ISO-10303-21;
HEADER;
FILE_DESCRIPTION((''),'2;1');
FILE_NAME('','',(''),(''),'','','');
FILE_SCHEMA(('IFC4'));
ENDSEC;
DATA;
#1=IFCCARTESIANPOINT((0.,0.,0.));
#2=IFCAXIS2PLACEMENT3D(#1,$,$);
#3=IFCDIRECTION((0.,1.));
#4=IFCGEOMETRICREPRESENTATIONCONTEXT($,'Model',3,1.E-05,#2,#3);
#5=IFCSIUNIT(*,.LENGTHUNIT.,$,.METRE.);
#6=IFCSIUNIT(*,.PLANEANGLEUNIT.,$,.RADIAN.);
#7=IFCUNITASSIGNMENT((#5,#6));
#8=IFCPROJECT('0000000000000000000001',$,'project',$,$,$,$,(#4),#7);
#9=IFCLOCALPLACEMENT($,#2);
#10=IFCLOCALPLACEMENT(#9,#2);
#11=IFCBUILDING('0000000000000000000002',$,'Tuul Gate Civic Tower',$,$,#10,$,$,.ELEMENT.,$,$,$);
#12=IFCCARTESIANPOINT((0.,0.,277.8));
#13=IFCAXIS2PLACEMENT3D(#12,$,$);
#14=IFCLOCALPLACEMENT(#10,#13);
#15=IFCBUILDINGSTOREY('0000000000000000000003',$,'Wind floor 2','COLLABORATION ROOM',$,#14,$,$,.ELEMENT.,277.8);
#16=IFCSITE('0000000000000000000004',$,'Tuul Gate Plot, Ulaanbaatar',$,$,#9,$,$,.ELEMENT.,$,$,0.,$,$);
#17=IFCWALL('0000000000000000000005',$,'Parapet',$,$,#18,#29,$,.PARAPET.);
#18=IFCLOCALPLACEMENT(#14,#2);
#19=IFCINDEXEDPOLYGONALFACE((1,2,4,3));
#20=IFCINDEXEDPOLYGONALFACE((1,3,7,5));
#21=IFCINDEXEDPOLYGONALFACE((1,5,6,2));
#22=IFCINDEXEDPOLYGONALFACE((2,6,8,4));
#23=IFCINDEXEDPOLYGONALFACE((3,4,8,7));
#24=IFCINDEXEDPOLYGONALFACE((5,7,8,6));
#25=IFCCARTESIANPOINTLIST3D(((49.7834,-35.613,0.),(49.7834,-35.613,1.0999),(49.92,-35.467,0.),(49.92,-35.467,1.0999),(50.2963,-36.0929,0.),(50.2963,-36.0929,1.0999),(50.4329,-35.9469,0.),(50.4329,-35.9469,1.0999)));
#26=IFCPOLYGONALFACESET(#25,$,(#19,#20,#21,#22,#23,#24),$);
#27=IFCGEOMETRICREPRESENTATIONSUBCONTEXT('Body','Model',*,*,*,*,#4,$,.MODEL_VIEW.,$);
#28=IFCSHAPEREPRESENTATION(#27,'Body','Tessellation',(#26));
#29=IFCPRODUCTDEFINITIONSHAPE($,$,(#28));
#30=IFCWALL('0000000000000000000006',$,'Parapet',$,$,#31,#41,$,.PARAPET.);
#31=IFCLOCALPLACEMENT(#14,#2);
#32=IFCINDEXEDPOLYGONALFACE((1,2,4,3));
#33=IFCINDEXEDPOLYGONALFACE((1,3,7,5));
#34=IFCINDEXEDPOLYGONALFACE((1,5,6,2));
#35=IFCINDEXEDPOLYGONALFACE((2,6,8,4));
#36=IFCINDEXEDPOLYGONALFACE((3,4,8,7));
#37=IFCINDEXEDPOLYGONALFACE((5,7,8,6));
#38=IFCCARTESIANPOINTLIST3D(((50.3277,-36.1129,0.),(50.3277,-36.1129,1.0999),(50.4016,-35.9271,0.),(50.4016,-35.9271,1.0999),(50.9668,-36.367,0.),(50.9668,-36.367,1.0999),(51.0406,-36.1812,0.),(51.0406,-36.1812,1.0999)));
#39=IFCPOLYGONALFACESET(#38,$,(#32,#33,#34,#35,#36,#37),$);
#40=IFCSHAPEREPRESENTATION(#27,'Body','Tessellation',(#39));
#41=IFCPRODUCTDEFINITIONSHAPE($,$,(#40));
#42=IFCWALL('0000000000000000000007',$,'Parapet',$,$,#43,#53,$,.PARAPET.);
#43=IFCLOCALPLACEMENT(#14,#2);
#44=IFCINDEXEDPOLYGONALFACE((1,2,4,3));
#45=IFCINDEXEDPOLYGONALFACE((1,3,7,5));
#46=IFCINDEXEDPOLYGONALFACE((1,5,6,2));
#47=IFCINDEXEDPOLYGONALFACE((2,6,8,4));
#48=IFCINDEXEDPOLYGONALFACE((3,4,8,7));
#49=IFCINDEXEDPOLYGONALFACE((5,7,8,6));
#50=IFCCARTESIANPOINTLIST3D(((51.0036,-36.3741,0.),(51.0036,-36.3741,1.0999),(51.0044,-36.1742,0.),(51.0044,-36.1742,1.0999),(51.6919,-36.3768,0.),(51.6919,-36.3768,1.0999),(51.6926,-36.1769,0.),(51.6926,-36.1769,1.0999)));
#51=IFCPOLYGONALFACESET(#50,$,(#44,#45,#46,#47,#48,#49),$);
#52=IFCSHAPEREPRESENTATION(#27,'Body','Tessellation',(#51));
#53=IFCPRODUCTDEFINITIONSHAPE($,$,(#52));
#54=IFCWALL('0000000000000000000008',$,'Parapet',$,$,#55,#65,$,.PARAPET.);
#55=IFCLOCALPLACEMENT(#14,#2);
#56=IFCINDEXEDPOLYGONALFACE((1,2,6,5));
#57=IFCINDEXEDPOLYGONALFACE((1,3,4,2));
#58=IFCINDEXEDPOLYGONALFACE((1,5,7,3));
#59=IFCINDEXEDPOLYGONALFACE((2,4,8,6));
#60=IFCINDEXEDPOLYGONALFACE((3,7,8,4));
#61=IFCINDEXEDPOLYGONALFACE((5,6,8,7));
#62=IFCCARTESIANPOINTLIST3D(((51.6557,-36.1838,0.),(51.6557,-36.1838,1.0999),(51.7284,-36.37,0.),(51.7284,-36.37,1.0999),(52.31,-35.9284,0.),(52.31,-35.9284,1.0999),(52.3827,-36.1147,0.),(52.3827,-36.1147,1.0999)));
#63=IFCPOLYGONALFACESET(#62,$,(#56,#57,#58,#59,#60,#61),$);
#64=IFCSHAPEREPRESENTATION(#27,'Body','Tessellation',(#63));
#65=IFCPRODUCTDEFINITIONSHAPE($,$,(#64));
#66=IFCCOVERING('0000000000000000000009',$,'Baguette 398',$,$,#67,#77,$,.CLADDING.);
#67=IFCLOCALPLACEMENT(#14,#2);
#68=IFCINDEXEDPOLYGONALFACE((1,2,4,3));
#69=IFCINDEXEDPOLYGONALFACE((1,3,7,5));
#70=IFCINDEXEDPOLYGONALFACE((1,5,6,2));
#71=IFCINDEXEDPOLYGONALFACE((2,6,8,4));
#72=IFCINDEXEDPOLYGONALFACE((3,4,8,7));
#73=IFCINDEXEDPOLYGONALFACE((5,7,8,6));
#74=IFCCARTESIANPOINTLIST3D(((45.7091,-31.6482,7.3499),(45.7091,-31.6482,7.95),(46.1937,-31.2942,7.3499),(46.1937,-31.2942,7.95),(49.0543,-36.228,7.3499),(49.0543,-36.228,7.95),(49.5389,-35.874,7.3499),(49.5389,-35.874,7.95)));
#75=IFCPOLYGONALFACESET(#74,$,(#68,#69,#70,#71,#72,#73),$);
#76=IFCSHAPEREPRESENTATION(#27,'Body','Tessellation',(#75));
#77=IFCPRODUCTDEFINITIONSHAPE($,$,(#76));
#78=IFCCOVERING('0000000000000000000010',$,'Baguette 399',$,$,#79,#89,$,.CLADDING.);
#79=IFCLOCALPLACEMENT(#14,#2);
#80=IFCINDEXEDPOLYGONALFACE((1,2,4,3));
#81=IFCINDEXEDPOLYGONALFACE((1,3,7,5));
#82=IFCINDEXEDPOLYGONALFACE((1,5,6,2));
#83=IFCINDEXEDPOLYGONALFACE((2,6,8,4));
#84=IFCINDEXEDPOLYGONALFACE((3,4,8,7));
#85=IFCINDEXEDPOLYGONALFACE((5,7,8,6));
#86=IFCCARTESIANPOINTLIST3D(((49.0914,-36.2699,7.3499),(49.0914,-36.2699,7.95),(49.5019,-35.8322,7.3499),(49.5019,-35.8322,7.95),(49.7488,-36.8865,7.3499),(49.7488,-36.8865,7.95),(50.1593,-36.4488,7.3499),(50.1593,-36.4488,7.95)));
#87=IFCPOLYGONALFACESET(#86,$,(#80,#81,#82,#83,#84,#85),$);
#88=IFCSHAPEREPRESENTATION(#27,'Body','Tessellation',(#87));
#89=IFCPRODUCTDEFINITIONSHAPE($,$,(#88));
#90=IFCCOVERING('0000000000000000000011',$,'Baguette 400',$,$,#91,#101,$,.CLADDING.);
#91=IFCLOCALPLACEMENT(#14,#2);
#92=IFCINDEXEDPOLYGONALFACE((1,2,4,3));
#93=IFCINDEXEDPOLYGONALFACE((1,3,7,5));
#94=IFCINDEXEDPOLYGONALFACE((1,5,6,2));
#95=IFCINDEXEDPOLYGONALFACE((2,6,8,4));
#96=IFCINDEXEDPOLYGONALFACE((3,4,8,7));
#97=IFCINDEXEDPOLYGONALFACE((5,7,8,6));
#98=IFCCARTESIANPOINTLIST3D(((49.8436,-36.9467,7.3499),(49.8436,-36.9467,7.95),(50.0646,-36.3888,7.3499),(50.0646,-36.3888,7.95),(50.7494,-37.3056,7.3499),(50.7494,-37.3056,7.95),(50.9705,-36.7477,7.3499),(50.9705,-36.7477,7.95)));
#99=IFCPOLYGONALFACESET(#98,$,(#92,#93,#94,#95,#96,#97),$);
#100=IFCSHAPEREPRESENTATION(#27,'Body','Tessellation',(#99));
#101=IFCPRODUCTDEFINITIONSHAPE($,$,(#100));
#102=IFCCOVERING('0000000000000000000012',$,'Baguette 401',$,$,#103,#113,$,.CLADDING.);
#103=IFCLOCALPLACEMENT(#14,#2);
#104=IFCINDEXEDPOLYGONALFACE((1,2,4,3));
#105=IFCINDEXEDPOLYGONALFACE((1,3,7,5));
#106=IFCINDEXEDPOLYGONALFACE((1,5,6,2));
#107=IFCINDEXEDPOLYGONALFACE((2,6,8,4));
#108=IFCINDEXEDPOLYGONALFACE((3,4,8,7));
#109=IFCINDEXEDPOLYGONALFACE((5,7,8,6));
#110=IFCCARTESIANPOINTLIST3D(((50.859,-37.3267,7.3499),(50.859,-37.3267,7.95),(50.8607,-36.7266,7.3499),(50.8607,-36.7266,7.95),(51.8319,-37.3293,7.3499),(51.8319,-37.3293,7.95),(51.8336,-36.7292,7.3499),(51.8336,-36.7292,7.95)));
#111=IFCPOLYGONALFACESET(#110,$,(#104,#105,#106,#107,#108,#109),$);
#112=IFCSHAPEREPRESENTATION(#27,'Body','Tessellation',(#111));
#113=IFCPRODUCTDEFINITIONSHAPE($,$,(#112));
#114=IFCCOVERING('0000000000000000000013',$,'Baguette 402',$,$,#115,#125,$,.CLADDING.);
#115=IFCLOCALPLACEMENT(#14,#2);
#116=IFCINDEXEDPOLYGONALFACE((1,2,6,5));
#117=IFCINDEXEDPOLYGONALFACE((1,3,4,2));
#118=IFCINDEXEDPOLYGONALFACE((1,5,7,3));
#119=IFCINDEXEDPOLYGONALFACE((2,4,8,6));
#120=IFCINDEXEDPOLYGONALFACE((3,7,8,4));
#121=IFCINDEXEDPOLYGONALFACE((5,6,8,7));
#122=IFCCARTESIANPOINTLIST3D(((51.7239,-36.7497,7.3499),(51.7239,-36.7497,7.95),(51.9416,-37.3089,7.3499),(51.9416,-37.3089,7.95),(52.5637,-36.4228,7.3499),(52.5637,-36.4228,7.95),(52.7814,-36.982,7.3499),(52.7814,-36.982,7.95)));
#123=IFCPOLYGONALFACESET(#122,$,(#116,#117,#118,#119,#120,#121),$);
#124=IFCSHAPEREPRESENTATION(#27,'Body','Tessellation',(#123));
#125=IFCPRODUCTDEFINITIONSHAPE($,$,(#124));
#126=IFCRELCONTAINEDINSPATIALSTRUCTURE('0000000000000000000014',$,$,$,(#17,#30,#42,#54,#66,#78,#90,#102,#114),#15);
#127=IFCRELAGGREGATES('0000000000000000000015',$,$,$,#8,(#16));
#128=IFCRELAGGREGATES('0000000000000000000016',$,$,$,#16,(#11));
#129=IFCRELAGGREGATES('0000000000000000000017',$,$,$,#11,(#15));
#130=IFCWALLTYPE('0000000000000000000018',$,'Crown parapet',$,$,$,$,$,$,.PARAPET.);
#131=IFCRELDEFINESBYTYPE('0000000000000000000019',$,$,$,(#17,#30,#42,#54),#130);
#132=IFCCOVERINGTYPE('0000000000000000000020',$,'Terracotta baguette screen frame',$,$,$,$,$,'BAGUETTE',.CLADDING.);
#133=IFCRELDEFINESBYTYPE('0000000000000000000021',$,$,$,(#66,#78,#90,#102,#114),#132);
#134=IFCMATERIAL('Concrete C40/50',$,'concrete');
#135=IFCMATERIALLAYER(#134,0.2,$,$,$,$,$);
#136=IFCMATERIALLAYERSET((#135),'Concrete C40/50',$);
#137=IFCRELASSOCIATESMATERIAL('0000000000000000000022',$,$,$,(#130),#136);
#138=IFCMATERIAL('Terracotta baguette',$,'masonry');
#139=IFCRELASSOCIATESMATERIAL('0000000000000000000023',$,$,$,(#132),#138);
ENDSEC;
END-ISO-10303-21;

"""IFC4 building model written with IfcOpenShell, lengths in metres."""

from ifc_helpers import new_model, si_unit, direction, frame, frame_2d, origin, origin_2d, place, context, subcontext, project, spatial, rectangle, extrude, material, layer, layer_set, material_profile, profile_set, type_object, element, save


model = new_model("IFC4")

# Units and contexts
model_context = context("Model", 3, precision=1e-05, world=origin(), true_north=direction((0.0, 1.0)))
body_context = subcontext(model_context, "Body", "Model", "MODEL_VIEW")
ifc_project = project(units=[si_unit("LENGTHUNIT", "METRE"), si_unit("PLANEANGLEUNIT", "RADIAN")], contexts=[model_context])

# Site, building, storey
site_placement = place(None, origin())
site = spatial("IfcSite", under=ifc_project, at=site_placement, Name="Tuul Gate Plot, Ulaanbaatar", CompositionType="ELEMENT", RefElevation=0.0)
building_placement = place(site_placement, origin())
building = spatial("IfcBuilding", under=site, at=building_placement, Name="Tuul Gate Civic Tower", CompositionType="ELEMENT")
storey_placement = place(building_placement, frame((0.0, 0.0, 277.8)))
storey = spatial("IfcBuildingStorey", under=building, at=storey_placement, Name="Wind floor 2", Description="COLLABORATION ROOM", CompositionType="ELEMENT", Elevation=277.8)

# Walls
ifc_material_1 = material(Name="Concrete C40/50", Category="concrete")
ifc_layer = layer(ifc_material_1, 0.2)
ifc_layer_set = layer_set([ifc_layer], Name="Concrete C40/50")
wall_type = type_object("IfcWallType", Name="Crown parapet", PredefinedType="PARAPET", material=ifc_layer_set)
wall_1_placement = place(storey_placement, frame((49.8518, -35.54, 0.0), z_axis=(0.0, 0.0, 1.0), x_axis=(0.730176, -0.683259, 0.0)))
element("IfcWall", 1, at=wall_1_placement, inside=storey, type_object=wall_type, Name="Parapet", PredefinedType="PARAPET", context=body_context, shape_type="SweptSolid", body=[
    extrude(rectangle(XDim=0.7024, YDim=0.2, at=frame_2d((0.3511, 0.0))), origin(), (0.0, 0.0, 1.0), 1.0999),
])
wall_2_placement = place(storey_placement, frame((50.3647, -36.02, 0.0), z_axis=(0.0, 0.0, 1.0), x_axis=(0.929234, -0.369493, 0.0)))
element("IfcWall", 2, at=wall_2_placement, inside=storey, type_object=wall_type, Name="Parapet", PredefinedType="PARAPET", context=body_context, shape_type="SweptSolid", body=[
    extrude(rectangle(XDim=0.6877, YDim=0.2, at=frame_2d((0.3438, 0.0))), origin(), (0.0, 0.0, 1.0), 1.0999),
])
wall_3_placement = place(storey_placement, frame((51.0039, -36.2742, 0.0), z_axis=(0.0, 0.0, 1.0), x_axis=(0.999992, -0.003902, 0.0)))
element("IfcWall", 3, at=wall_3_placement, inside=storey, type_object=wall_type, Name="Parapet", PredefinedType="PARAPET", context=body_context, shape_type="SweptSolid", body=[
    extrude(rectangle(XDim=0.6882, YDim=0.2, at=frame_2d((0.3442, 0.0))), origin(), (0.0, 0.0, 1.0), 1.0999),
])
wall_4_placement = place(storey_placement, frame((51.6921, -36.2769, 0.0), z_axis=(0.0, 0.0, 1.0), x_axis=(0.93156, 0.363587, 0.0)))
element("IfcWall", 4, at=wall_4_placement, inside=storey, type_object=wall_type, Name="Parapet", PredefinedType="PARAPET", context=body_context, shape_type="SweptSolid", body=[
    extrude(rectangle(XDim=0.7024, YDim=0.2, at=frame_2d((0.3511, 0.0))), origin(), (0.0, 0.0, 1.0), 1.0999),
])

# Coverings
ifc_material_2 = material(Name="Terracotta baguette", Category="masonry")
ifc_material_profile_1 = material_profile(ifc_material_2, rectangle(XDim=0.6001, YDim=0.6001, at=origin_2d()), Name="Terracotta baguette screen frame")
ifc_profile_set_1 = profile_set([ifc_material_profile_1], Name="Terracotta baguette")
covering_type = type_object("IfcCoveringType", Name="Terracotta baguette screen frame", ElementType="BAGUETTE", PredefinedType="CLADDING", material=ifc_profile_set_1)
covering_1_placement = place(storey_placement, frame((45.9514, -31.4712, 7.6499), z_axis=(0.589834, -0.807524, 0.0), x_axis=(0.807524, 0.589834, 0.0)))
element("IfcCovering", 5, at=covering_1_placement, inside=storey, type_object=covering_type, Name="Baguette 398", PredefinedType="CLADDING", context=body_context, shape_type="SweptSolid", body=[
    extrude(rectangle(XDim=0.6001, YDim=0.6001, at=origin_2d()), origin(), (0.0, 0.0, 1.0), 5.6714),
])
covering_2_placement = place(storey_placement, frame((49.2966, -36.051, 7.6499), z_axis=(0.72936, -0.68413, 0.0), x_axis=(0.68413, 0.72936, 0.0)))
element("IfcCovering", 6, at=covering_2_placement, inside=storey, type_object=covering_type, Name="Baguette 399", PredefinedType="CLADDING", context=body_context, shape_type="SweptSolid", body=[
    extrude(rectangle(XDim=0.6001, YDim=0.6001, at=origin_2d()), origin(), (0.0, 0.0, 1.0), 0.9014),
])
covering_3_placement = place(storey_placement, frame((49.9541, -36.6677, 7.6499), z_axis=(0.929682, -0.368364, 0.0), x_axis=(0.368364, 0.929682, 0.0)))
element("IfcCovering", 7, at=covering_3_placement, inside=storey, type_object=covering_type, Name="Baguette 400", PredefinedType="CLADDING", context=body_context, shape_type="SweptSolid", body=[
    extrude(rectangle(XDim=0.6001, YDim=0.6001, at=origin_2d()), origin(), (0.0, 0.0, 1.0), 0.9744),
])
covering_4_placement = place(storey_placement, frame((50.8599, -37.0266, 7.6499), z_axis=(0.999996, -0.00276, 0.0), x_axis=(0.00276, 0.999996, 0.0)))
element("IfcCovering", 8, at=covering_4_placement, inside=storey, type_object=covering_type, Name="Baguette 401", PredefinedType="CLADDING", context=body_context, shape_type="SweptSolid", body=[
    extrude(rectangle(XDim=0.6001, YDim=0.6001, at=origin_2d()), origin(), (0.0, 0.0, 1.0), 0.9729),
])
covering_5_placement = place(storey_placement, frame((51.8328, -37.0293, 7.6499), z_axis=(0.931893, 0.362734, 0.0), x_axis=(-0.362734, 0.931893, 0.0)))
element("IfcCovering", 9, at=covering_5_placement, inside=storey, type_object=covering_type, Name="Baguette 402", PredefinedType="CLADDING", context=body_context, shape_type="SweptSolid", body=[
    extrude(rectangle(XDim=0.6001, YDim=0.6001, at=origin_2d()), origin(), (0.0, 0.0, 1.0), 0.9011),
])

save(model, "model.ifc")
